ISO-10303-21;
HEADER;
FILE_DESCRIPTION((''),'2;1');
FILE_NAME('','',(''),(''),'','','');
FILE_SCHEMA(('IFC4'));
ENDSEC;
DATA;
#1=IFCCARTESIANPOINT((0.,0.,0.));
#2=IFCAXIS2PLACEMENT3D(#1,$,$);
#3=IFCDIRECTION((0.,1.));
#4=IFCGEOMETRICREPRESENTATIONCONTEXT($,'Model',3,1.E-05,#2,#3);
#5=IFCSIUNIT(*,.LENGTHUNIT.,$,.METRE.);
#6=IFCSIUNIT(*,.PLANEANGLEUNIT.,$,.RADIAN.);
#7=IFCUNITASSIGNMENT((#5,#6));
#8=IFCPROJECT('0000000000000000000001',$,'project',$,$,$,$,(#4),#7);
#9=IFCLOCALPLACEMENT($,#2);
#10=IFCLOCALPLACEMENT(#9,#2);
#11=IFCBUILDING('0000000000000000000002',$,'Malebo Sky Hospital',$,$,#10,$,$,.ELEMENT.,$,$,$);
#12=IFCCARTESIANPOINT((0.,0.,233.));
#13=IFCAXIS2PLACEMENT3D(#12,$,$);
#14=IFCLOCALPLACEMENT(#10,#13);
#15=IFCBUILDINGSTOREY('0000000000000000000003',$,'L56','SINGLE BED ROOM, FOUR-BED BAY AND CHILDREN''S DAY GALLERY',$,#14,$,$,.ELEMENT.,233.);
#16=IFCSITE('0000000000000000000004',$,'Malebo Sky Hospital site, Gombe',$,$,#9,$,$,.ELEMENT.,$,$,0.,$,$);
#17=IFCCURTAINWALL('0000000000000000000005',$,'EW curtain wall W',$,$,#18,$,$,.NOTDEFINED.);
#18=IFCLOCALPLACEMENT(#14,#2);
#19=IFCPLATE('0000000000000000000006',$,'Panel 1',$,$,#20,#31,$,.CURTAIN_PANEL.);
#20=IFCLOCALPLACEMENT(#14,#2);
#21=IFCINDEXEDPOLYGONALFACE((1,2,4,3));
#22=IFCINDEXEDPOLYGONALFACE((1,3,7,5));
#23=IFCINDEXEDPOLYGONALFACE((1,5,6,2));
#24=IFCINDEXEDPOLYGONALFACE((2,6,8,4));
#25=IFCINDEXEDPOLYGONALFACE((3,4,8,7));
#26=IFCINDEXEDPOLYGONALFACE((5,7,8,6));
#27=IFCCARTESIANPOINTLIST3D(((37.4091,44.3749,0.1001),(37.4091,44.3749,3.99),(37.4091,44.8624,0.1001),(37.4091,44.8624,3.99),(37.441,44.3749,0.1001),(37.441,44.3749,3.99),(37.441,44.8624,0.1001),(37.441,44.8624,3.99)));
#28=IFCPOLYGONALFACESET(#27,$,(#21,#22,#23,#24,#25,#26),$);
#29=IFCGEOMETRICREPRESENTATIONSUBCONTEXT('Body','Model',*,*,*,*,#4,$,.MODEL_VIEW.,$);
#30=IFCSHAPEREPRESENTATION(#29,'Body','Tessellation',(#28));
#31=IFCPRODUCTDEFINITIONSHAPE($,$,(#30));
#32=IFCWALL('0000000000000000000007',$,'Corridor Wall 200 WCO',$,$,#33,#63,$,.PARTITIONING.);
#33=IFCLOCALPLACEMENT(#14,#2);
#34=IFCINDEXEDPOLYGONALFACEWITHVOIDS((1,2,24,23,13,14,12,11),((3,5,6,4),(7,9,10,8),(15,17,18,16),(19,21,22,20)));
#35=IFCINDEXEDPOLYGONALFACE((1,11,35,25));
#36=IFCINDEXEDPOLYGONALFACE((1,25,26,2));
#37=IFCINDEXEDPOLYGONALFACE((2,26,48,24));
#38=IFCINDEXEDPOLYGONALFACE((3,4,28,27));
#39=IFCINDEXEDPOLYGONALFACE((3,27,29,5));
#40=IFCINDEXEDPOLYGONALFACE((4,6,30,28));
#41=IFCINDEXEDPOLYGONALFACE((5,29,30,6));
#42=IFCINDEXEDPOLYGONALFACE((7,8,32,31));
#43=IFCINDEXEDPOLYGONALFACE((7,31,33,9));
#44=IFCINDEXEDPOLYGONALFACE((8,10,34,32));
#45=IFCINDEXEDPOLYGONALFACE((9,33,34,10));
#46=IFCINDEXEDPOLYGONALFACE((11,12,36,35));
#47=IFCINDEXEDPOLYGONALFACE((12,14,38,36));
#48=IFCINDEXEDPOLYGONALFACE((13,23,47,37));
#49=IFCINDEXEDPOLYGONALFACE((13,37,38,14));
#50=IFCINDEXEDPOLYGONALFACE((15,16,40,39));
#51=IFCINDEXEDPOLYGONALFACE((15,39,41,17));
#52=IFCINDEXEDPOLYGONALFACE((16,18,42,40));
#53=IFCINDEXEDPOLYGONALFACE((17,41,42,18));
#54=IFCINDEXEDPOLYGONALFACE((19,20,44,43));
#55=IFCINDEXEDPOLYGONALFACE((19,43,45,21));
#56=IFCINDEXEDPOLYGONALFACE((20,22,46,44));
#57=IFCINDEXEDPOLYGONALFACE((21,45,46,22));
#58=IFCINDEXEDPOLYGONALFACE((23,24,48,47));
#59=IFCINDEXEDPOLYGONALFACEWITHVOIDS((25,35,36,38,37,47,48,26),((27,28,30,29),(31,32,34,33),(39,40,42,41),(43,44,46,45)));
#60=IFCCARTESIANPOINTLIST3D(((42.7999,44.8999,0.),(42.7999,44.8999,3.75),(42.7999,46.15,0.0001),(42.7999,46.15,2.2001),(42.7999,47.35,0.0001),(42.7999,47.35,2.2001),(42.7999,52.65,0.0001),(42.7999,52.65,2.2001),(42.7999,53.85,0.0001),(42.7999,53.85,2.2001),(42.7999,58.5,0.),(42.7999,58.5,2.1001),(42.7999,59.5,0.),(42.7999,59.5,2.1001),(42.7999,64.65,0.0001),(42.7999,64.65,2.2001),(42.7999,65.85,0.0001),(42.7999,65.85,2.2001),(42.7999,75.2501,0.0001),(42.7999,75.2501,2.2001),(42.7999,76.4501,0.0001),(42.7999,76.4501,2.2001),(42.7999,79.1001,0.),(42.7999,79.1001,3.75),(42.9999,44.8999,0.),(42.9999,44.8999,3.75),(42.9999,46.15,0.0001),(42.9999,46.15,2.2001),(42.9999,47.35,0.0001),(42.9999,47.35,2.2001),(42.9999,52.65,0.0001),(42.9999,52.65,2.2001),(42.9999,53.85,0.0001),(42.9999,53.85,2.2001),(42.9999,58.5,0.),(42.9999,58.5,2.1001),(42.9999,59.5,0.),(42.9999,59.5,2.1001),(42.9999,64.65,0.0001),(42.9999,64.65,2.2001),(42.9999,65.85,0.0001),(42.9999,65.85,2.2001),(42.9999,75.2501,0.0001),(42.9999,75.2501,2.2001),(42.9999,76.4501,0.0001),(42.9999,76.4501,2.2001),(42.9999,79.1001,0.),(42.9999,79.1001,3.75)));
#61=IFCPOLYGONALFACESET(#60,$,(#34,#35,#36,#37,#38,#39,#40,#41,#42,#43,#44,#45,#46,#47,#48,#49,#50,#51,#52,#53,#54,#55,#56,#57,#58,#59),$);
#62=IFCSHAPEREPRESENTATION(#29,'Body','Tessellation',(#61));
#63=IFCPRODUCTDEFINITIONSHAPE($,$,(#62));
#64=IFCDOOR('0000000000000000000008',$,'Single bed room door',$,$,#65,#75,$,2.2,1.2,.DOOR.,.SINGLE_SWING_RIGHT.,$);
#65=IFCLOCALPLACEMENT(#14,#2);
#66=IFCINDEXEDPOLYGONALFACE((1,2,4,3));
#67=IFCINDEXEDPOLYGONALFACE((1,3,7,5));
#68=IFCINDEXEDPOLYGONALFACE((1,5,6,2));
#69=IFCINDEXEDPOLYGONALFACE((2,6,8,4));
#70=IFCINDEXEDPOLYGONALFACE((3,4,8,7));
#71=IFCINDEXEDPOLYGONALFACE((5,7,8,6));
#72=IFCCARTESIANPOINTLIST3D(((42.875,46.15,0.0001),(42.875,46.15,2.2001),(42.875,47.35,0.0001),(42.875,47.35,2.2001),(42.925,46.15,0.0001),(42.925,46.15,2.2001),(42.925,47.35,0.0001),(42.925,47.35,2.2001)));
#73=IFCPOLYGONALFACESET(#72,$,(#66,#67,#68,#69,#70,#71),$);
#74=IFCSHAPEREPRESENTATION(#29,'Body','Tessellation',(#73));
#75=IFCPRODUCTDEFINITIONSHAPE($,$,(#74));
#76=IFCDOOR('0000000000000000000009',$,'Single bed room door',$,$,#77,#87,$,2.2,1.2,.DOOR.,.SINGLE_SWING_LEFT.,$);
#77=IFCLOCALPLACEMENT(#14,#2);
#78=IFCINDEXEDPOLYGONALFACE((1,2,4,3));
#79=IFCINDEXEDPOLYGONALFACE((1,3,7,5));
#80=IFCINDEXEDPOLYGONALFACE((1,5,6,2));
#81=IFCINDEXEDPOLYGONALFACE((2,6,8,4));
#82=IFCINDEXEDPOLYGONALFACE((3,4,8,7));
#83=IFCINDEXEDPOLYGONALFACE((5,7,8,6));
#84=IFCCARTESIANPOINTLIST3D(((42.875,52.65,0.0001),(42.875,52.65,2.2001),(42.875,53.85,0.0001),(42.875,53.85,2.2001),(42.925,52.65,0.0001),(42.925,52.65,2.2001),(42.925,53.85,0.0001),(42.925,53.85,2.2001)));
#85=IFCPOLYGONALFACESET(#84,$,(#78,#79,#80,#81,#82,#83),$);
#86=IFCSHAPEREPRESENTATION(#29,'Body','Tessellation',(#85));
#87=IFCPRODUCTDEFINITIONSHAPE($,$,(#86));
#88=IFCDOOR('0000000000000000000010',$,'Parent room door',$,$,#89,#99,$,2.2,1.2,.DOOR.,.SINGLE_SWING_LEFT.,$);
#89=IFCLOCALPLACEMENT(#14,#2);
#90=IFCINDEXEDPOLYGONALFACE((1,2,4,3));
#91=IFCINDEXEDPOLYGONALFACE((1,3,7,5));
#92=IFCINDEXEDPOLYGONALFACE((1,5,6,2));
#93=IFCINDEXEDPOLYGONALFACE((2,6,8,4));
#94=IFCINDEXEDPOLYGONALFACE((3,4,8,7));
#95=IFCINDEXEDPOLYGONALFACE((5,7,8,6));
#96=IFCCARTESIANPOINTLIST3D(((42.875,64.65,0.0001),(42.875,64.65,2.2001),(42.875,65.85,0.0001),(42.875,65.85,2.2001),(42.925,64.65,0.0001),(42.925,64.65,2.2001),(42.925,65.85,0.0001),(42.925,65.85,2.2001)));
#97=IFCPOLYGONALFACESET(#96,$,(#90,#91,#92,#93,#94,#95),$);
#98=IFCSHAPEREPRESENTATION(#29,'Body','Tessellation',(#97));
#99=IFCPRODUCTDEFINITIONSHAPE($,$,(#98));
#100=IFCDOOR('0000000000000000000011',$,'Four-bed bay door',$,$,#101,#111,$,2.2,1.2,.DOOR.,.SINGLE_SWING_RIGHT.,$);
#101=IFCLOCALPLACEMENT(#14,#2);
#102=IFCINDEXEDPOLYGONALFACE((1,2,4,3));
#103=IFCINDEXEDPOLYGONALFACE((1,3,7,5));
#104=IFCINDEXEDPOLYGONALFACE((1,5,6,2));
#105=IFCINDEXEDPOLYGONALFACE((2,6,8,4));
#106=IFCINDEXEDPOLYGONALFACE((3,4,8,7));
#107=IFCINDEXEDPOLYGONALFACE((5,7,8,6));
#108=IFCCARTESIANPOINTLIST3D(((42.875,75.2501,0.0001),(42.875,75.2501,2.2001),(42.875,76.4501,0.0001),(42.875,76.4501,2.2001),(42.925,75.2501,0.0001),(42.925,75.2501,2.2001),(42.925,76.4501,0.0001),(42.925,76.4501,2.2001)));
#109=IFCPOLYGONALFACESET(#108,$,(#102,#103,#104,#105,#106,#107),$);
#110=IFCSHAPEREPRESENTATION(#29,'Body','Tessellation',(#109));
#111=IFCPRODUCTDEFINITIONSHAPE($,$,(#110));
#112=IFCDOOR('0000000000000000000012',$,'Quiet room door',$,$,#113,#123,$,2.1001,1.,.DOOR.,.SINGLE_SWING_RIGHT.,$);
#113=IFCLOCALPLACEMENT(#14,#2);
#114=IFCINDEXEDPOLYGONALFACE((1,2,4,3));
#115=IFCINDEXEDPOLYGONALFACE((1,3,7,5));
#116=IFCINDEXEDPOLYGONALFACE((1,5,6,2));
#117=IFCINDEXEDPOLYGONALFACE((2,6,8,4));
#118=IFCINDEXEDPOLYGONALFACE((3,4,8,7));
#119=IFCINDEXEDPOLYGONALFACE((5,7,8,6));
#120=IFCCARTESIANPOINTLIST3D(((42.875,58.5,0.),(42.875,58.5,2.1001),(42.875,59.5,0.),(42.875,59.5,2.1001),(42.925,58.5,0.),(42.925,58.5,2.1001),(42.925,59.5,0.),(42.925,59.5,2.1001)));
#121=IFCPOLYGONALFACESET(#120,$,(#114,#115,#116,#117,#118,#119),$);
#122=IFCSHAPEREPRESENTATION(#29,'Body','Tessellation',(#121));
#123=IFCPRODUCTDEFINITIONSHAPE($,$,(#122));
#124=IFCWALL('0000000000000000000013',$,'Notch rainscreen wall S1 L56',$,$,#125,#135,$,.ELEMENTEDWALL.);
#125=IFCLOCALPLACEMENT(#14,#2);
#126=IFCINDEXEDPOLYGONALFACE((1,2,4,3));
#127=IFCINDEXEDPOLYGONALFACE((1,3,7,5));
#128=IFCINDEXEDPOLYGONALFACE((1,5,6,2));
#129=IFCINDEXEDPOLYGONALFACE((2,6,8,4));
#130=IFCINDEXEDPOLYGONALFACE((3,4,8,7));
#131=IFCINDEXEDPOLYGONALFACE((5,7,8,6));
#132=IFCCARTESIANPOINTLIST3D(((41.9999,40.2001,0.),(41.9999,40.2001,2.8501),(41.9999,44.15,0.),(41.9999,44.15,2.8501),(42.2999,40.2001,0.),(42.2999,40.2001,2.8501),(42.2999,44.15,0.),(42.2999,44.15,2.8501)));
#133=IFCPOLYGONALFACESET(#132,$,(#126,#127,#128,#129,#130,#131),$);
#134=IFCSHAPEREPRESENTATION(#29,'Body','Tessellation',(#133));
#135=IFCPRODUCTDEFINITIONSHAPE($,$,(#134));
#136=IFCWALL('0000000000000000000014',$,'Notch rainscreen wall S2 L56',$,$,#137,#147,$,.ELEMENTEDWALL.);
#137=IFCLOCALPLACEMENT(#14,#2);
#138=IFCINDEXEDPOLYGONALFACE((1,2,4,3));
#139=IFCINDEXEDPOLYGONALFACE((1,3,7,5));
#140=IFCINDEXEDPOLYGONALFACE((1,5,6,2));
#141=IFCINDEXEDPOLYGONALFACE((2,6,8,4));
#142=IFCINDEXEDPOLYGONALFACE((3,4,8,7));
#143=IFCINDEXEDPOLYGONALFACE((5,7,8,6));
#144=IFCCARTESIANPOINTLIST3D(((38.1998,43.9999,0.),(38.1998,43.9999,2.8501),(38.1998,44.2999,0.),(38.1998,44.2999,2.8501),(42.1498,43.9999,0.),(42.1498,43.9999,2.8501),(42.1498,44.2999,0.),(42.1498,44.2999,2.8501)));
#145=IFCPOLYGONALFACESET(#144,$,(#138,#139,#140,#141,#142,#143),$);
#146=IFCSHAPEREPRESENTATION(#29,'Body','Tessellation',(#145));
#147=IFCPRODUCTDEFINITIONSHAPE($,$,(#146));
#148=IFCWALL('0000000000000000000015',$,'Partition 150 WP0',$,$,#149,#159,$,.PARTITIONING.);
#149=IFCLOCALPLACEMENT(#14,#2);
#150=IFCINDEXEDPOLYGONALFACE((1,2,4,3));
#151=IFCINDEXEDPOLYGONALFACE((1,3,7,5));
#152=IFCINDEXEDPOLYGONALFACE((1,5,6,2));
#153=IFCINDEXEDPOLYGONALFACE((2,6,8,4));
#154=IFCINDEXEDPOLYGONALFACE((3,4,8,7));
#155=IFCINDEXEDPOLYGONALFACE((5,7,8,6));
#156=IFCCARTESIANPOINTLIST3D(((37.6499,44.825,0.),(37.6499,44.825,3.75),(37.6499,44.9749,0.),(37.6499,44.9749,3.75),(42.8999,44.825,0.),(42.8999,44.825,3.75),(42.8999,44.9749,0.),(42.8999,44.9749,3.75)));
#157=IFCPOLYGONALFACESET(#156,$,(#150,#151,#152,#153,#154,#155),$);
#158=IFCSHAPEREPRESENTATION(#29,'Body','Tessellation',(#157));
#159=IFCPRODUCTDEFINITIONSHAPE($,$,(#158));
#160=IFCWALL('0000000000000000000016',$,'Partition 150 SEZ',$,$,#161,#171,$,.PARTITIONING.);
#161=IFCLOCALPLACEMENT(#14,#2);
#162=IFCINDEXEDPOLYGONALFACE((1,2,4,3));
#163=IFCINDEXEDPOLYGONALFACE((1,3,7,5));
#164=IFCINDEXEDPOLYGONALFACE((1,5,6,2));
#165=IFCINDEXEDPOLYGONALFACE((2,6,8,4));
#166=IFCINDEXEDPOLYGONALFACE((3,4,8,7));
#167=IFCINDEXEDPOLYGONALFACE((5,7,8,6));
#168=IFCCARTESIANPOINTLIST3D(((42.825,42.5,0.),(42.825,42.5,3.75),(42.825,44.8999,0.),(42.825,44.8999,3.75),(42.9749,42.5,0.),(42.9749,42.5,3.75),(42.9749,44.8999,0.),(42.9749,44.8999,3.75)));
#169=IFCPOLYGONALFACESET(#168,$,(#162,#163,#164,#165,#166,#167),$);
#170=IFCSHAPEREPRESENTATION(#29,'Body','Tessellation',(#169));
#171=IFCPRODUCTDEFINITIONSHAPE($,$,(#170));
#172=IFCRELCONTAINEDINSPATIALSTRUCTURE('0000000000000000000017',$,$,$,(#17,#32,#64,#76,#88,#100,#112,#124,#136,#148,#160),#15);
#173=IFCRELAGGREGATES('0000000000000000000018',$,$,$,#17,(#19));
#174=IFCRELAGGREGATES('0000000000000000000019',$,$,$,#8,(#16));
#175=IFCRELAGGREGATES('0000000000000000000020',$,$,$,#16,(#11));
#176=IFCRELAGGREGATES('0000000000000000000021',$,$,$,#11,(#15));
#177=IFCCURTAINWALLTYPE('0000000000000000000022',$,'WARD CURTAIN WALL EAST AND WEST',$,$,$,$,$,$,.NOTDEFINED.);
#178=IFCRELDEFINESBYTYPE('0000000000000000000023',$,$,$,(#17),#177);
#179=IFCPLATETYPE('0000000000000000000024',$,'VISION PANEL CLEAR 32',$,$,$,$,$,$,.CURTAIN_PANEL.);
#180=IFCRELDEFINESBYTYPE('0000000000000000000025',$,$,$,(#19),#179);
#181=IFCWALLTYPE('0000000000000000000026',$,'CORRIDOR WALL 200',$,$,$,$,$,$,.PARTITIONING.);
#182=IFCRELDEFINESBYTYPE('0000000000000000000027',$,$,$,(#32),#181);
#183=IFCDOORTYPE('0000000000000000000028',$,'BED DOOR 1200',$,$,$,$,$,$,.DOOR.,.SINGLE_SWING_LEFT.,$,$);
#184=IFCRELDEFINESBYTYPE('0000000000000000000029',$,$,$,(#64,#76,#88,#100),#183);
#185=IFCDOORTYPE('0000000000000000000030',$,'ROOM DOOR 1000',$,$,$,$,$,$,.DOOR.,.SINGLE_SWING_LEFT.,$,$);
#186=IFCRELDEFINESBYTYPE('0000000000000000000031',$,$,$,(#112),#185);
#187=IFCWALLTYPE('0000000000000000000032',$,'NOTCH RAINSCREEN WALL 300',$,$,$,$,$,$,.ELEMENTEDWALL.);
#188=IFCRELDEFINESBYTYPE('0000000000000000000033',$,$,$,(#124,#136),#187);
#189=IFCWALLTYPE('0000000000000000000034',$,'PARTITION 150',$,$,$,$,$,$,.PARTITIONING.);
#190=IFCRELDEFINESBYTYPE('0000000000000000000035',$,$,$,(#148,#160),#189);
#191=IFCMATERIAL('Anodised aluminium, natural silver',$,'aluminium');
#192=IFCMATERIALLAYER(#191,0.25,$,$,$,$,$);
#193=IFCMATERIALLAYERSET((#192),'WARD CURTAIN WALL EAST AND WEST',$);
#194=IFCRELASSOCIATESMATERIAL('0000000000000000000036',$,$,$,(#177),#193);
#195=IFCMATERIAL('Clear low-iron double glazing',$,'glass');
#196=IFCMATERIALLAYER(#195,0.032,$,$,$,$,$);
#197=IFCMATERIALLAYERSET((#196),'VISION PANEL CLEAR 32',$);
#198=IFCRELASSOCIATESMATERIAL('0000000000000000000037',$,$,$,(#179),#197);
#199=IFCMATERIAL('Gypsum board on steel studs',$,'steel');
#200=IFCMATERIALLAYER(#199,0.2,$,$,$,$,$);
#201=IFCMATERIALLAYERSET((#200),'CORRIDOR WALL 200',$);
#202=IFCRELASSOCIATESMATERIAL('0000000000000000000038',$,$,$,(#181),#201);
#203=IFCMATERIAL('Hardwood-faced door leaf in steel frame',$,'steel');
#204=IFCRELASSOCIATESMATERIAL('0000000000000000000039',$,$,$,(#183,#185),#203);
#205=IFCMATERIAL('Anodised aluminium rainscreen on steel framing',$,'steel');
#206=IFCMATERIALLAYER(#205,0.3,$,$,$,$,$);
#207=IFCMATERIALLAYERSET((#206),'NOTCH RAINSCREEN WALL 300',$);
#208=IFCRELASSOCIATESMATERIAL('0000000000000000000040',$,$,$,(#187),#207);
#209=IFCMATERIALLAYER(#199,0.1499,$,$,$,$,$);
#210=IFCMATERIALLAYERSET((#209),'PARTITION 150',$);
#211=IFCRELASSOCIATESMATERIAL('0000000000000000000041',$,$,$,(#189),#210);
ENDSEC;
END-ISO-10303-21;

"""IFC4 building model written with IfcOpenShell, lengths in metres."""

from ifc_helpers import new_model, si_unit, direction, frame, frame_2d, origin, origin_2d, place, context, subcontext, project, spatial, rectangle, extrude, material, layer, layer_set, type_object, element, fill, aggregate, save


model = new_model("IFC4")

# Units and contexts
model_context = context("Model", 3, precision=1e-05, world=origin(), true_north=direction((0.0, 1.0)))
body_context = subcontext(model_context, "Body", "Model", "MODEL_VIEW")
ifc_project = project(units=[si_unit("LENGTHUNIT", "METRE"), si_unit("PLANEANGLEUNIT", "RADIAN")], contexts=[model_context])

# Site, building, storey
site_placement = place(None, origin())
site = spatial("IfcSite", under=ifc_project, at=site_placement, Name="Malebo Sky Hospital site, Gombe", CompositionType="ELEMENT", RefElevation=0.0)
building_placement = place(site_placement, origin())
building = spatial("IfcBuilding", under=site, at=building_placement, Name="Malebo Sky Hospital", CompositionType="ELEMENT")
storey_placement = place(building_placement, frame((0.0, 0.0, 233.0)))
storey = spatial("IfcBuildingStorey", under=building, at=storey_placement, Name="L56", Description="SINGLE BED ROOM, FOUR-BED BAY AND CHILDREN'S DAY GALLERY", CompositionType="ELEMENT", Elevation=233.0)

# Curtain wall
ifc_material_1 = material(Name="Anodised aluminium, natural silver", Category="aluminium")
ifc_layer_1 = layer(ifc_material_1, 0.25)
ifc_layer_set_1 = layer_set([ifc_layer_1], Name="WARD CURTAIN WALL EAST AND WEST")
curtain_wall_type_1 = type_object("IfcCurtainWallType", Name="WARD CURTAIN WALL EAST AND WEST", PredefinedType="NOTDEFINED", material=ifc_layer_set_1)
curtain_wall_1_placement = place(storey_placement, origin())
curtain_wall_1 = element("IfcCurtainWall", 1, at=curtain_wall_1_placement, inside=storey, type_object=curtain_wall_type_1, Name="EW curtain wall W", PredefinedType="NOTDEFINED")

# Plate
ifc_material_2 = material(Name="Clear low-iron double glazing", Category="glass")
ifc_layer_2 = layer(ifc_material_2, 0.032)
ifc_layer_set_2 = layer_set([ifc_layer_2], Name="VISION PANEL CLEAR 32")
plate_type = type_object("IfcPlateType", Name="VISION PANEL CLEAR 32", PredefinedType="CURTAIN_PANEL", material=ifc_layer_set_2)
plate_placement = place(storey_placement, frame((37.425, 44.6187, 0.1001), z_axis=(0.0, 0.0, 1.0), x_axis=(0.0, 1.0, 0.0)))
plate = element("IfcPlate", 2, at=plate_placement, type_object=plate_type, Name="Panel 1", PredefinedType="CURTAIN_PANEL", context=body_context, shape_type="SweptSolid", body=[
    extrude(rectangle(XDim=0.4875, YDim=0.032, at=origin_2d()), origin(), (0.0, 0.0, 1.0), 3.8899),
])
aggregate(curtain_wall_1, [plate])

# Wall, openings, doors
ifc_material_3 = material(Name="Gypsum board on steel studs", Category="steel")
ifc_layer_3 = layer(ifc_material_3, 0.2)
ifc_layer_set_3 = layer_set([ifc_layer_3], Name="CORRIDOR WALL 200")
wall_type_1 = type_object("IfcWallType", Name="CORRIDOR WALL 200", PredefinedType="PARTITIONING", material=ifc_layer_set_3)
wall_1_placement = place(storey_placement, frame((42.8999, 44.8999, 0.0), z_axis=(0.0, 0.0, 1.0), x_axis=(0.0, 1.0, 0.0)))
wall_1 = element("IfcWall", 3, at=wall_1_placement, inside=storey, type_object=wall_type_1, Name="Corridor Wall 200 WCO", PredefinedType="PARTITIONING", context=body_context, shape_type="SweptSolid", body=[
    extrude(rectangle(XDim=34.2002, YDim=0.2, at=frame_2d((17.1001, 0.0))), origin(), (0.0, 0.0, 1.0), 3.75),
])
opening_1_placement = place(wall_1_placement, frame((1.25, 0.0, 0.0)))
opening_1 = element("IfcOpeningElement", 4, at=opening_1_placement, cuts=wall_1, PredefinedType="OPENING", context=body_context, shape_type="SweptSolid", body=[
    extrude(rectangle(XDim=1.2, YDim=2.2, at=frame_2d((0.6001, 1.1001))), frame((0.0, 0.1099, 0.0), z_axis=(0.0, -1.0, 0.0), x_axis=(1.0, 0.0, 0.0)), (0.0, 0.0, 1.0), 0.22),
])
opening_2_placement = place(wall_1_placement, frame((7.75, 0.0, 0.0)))
opening_2 = element("IfcOpeningElement", 5, at=opening_2_placement, cuts=wall_1, PredefinedType="OPENING", context=body_context, shape_type="SweptSolid", body=[
    extrude(rectangle(XDim=1.2, YDim=2.2, at=frame_2d((0.6001, 1.1001))), frame((0.0, 0.1099, 0.0), z_axis=(0.0, -1.0, 0.0), x_axis=(1.0, 0.0, 0.0)), (0.0, 0.0, 1.0), 0.22),
])
opening_3_placement = place(wall_1_placement, frame((13.6001, 0.0, 0.0)))
opening_3 = element("IfcOpeningElement", 6, at=opening_3_placement, cuts=wall_1, PredefinedType="OPENING", context=body_context, shape_type="SweptSolid", body=[
    extrude(rectangle(XDim=1.0, YDim=2.1001, at=frame_2d((0.5, 1.05))), frame((0.0, 0.1099, 0.0), z_axis=(0.0, -1.0, 0.0), x_axis=(1.0, 0.0, 0.0)), (0.0, 0.0, 1.0), 0.22),
])
opening_4_placement = place(wall_1_placement, frame((19.75, 0.0, 0.0)))
opening_4 = element("IfcOpeningElement", 7, at=opening_4_placement, cuts=wall_1, PredefinedType="OPENING", context=body_context, shape_type="SweptSolid", body=[
    extrude(rectangle(XDim=1.2, YDim=2.2, at=frame_2d((0.6001, 1.1001))), frame((0.0, 0.1099, 0.0), z_axis=(0.0, -1.0, 0.0), x_axis=(1.0, 0.0, 0.0)), (0.0, 0.0, 1.0), 0.22),
])
opening_5_placement = place(wall_1_placement, frame((30.3501, 0.0, 0.0)))
opening_5 = element("IfcOpeningElement", 8, at=opening_5_placement, cuts=wall_1, PredefinedType="OPENING", context=body_context, shape_type="SweptSolid", body=[
    extrude(rectangle(XDim=1.2, YDim=2.2, at=frame_2d((0.6001, 1.1001))), frame((0.0, 0.1099, 0.0), z_axis=(0.0, -1.0, 0.0), x_axis=(1.0, 0.0, 0.0)), (0.0, 0.0, 1.0), 0.22),
])
ifc_material_4 = material(Name="Hardwood-faced door leaf in steel frame", Category="steel")
door_type_1 = type_object("IfcDoorType", Name="BED DOOR 1200", OperationType="SINGLE_SWING_LEFT", PredefinedType="DOOR", material=ifc_material_4)
door_1_placement = place(opening_1_placement, origin())
door_1 = element("IfcDoor", 9, at=door_1_placement, inside=storey, type_object=door_type_1, Name="Single bed room door", OperationType="SINGLE_SWING_RIGHT", OverallHeight=2.2, OverallWidth=1.2, PredefinedType="DOOR", context=body_context, shape_type="SweptSolid", body=[
    extrude(rectangle(XDim=1.2, YDim=2.2, at=frame_2d((0.6001, 1.1001))), frame((0.0, 0.0249, 0.0), z_axis=(0.0, -1.0, 0.0), x_axis=(1.0, 0.0, 0.0)), (0.0, 0.0, 1.0), 0.05),
])
fill(opening_1, door_1)
door_2_placement = place(opening_2_placement, origin())
door_2 = element("IfcDoor", 10, at=door_2_placement, inside=storey, type_object=door_type_1, Name="Single bed room door", OperationType="SINGLE_SWING_LEFT", OverallHeight=2.2, OverallWidth=1.2, PredefinedType="DOOR", context=body_context, shape_type="SweptSolid", body=[
    extrude(rectangle(XDim=1.2, YDim=2.2, at=frame_2d((0.6001, 1.1001))), frame((0.0, 0.0249, 0.0), z_axis=(0.0, -1.0, 0.0), x_axis=(1.0, 0.0, 0.0)), (0.0, 0.0, 1.0), 0.05),
])
fill(opening_2, door_2)
door_3_placement = place(opening_4_placement, origin())
door_3 = element("IfcDoor", 11, at=door_3_placement, inside=storey, type_object=door_type_1, Name="Parent room door", OperationType="SINGLE_SWING_LEFT", OverallHeight=2.2, OverallWidth=1.2, PredefinedType="DOOR", context=body_context, shape_type="SweptSolid", body=[
    extrude(rectangle(XDim=1.2, YDim=2.2, at=frame_2d((0.6001, 1.1001))), frame((0.0, 0.0249, 0.0), z_axis=(0.0, -1.0, 0.0), x_axis=(1.0, 0.0, 0.0)), (0.0, 0.0, 1.0), 0.05),
])
fill(opening_4, door_3)
door_4_placement = place(opening_5_placement, origin())
door_4 = element("IfcDoor", 12, at=door_4_placement, inside=storey, type_object=door_type_1, Name="Four-bed bay door", OperationType="SINGLE_SWING_RIGHT", OverallHeight=2.2, OverallWidth=1.2, PredefinedType="DOOR", context=body_context, shape_type="SweptSolid", body=[
    extrude(rectangle(XDim=1.2, YDim=2.2, at=frame_2d((0.6001, 1.1001))), frame((0.0, 0.0249, 0.0), z_axis=(0.0, -1.0, 0.0), x_axis=(1.0, 0.0, 0.0)), (0.0, 0.0, 1.0), 0.05),
])
fill(opening_5, door_4)
door_type_2 = type_object("IfcDoorType", Name="ROOM DOOR 1000", OperationType="SINGLE_SWING_LEFT", PredefinedType="DOOR", material=ifc_material_4)
door_5_placement = place(opening_3_placement, origin())
door_5 = element("IfcDoor", 13, at=door_5_placement, inside=storey, type_object=door_type_2, Name="Quiet room door", OperationType="SINGLE_SWING_RIGHT", OverallHeight=2.1001, OverallWidth=1.0, PredefinedType="DOOR", context=body_context, shape_type="SweptSolid", body=[
    extrude(rectangle(XDim=1.0, YDim=2.1001, at=frame_2d((0.5, 1.05))), frame((0.0, 0.0249, 0.0), z_axis=(0.0, -1.0, 0.0), x_axis=(1.0, 0.0, 0.0)), (0.0, 0.0, 1.0), 0.05),
])
fill(opening_3, door_5)

# Walls
ifc_material_5 = material(Name="Anodised aluminium rainscreen on steel framing", Category="steel")
ifc_layer_4 = layer(ifc_material_5, 0.3)
ifc_layer_set_4 = layer_set([ifc_layer_4], Name="NOTCH RAINSCREEN WALL 300")
wall_type_2 = type_object("IfcWallType", Name="NOTCH RAINSCREEN WALL 300", PredefinedType="ELEMENTEDWALL", material=ifc_layer_set_4)
for number, where, z_axis, x_axis, name in (
    (14, (42.1499, 40.2, 0.0), (0.0, 0.0, 1.0), (0.0, 1.0, 0.0), "Notch rainscreen wall S1 L56"),
    (15, (42.1499, 44.1499, 0.0), (0.0, 0.0, 1.0), (-1.0, 0.0, 0.0), "Notch rainscreen wall S2 L56"),
):
    element("IfcWall", number, at=place(storey_placement, frame(where, z_axis=z_axis, x_axis=x_axis)), inside=storey, type_object=wall_type_2, Name=name, PredefinedType="ELEMENTEDWALL", context=body_context, shape_type="SweptSolid", body=[
        extrude(rectangle(XDim=3.95, YDim=0.3, at=frame_2d((1.9751, 0.0))), origin(), (0.0, 0.0, 1.0), 2.8501),
    ])
ifc_layer_5 = layer(ifc_material_3, 0.1499)
ifc_layer_set_5 = layer_set([ifc_layer_5], Name="PARTITION 150")
wall_type_3 = type_object("IfcWallType", Name="PARTITION 150", PredefinedType="PARTITIONING", material=ifc_layer_set_5)
wall_2_placement = place(storey_placement, frame((42.8999, 44.8999, 0.0), z_axis=(0.0, 0.0, 1.0), x_axis=(-1.0, 0.0, 0.0)))
element("IfcWall", 16, at=wall_2_placement, inside=storey, type_object=wall_type_3, Name="Partition 150 WP0", PredefinedType="PARTITIONING", context=body_context, shape_type="SweptSolid", body=[
    extrude(rectangle(XDim=5.25, YDim=0.1499, at=frame_2d((2.625, 0.0))), origin(), (0.0, 0.0, 1.0), 3.75),
])
wall_3_placement = place(storey_placement, frame((42.8999, 44.8999, 0.0), z_axis=(0.0, 0.0, 1.0), x_axis=(0.0, -1.0, 0.0)))
element("IfcWall", 17, at=wall_3_placement, inside=storey, type_object=wall_type_3, Name="Partition 150 SEZ", PredefinedType="PARTITIONING", context=body_context, shape_type="SweptSolid", body=[
    extrude(rectangle(XDim=2.3999, YDim=0.1499, at=frame_2d((1.2, 0.0))), origin(), (0.0, 0.0, 1.0), 3.75),
])

save(model, "model.ifc")
